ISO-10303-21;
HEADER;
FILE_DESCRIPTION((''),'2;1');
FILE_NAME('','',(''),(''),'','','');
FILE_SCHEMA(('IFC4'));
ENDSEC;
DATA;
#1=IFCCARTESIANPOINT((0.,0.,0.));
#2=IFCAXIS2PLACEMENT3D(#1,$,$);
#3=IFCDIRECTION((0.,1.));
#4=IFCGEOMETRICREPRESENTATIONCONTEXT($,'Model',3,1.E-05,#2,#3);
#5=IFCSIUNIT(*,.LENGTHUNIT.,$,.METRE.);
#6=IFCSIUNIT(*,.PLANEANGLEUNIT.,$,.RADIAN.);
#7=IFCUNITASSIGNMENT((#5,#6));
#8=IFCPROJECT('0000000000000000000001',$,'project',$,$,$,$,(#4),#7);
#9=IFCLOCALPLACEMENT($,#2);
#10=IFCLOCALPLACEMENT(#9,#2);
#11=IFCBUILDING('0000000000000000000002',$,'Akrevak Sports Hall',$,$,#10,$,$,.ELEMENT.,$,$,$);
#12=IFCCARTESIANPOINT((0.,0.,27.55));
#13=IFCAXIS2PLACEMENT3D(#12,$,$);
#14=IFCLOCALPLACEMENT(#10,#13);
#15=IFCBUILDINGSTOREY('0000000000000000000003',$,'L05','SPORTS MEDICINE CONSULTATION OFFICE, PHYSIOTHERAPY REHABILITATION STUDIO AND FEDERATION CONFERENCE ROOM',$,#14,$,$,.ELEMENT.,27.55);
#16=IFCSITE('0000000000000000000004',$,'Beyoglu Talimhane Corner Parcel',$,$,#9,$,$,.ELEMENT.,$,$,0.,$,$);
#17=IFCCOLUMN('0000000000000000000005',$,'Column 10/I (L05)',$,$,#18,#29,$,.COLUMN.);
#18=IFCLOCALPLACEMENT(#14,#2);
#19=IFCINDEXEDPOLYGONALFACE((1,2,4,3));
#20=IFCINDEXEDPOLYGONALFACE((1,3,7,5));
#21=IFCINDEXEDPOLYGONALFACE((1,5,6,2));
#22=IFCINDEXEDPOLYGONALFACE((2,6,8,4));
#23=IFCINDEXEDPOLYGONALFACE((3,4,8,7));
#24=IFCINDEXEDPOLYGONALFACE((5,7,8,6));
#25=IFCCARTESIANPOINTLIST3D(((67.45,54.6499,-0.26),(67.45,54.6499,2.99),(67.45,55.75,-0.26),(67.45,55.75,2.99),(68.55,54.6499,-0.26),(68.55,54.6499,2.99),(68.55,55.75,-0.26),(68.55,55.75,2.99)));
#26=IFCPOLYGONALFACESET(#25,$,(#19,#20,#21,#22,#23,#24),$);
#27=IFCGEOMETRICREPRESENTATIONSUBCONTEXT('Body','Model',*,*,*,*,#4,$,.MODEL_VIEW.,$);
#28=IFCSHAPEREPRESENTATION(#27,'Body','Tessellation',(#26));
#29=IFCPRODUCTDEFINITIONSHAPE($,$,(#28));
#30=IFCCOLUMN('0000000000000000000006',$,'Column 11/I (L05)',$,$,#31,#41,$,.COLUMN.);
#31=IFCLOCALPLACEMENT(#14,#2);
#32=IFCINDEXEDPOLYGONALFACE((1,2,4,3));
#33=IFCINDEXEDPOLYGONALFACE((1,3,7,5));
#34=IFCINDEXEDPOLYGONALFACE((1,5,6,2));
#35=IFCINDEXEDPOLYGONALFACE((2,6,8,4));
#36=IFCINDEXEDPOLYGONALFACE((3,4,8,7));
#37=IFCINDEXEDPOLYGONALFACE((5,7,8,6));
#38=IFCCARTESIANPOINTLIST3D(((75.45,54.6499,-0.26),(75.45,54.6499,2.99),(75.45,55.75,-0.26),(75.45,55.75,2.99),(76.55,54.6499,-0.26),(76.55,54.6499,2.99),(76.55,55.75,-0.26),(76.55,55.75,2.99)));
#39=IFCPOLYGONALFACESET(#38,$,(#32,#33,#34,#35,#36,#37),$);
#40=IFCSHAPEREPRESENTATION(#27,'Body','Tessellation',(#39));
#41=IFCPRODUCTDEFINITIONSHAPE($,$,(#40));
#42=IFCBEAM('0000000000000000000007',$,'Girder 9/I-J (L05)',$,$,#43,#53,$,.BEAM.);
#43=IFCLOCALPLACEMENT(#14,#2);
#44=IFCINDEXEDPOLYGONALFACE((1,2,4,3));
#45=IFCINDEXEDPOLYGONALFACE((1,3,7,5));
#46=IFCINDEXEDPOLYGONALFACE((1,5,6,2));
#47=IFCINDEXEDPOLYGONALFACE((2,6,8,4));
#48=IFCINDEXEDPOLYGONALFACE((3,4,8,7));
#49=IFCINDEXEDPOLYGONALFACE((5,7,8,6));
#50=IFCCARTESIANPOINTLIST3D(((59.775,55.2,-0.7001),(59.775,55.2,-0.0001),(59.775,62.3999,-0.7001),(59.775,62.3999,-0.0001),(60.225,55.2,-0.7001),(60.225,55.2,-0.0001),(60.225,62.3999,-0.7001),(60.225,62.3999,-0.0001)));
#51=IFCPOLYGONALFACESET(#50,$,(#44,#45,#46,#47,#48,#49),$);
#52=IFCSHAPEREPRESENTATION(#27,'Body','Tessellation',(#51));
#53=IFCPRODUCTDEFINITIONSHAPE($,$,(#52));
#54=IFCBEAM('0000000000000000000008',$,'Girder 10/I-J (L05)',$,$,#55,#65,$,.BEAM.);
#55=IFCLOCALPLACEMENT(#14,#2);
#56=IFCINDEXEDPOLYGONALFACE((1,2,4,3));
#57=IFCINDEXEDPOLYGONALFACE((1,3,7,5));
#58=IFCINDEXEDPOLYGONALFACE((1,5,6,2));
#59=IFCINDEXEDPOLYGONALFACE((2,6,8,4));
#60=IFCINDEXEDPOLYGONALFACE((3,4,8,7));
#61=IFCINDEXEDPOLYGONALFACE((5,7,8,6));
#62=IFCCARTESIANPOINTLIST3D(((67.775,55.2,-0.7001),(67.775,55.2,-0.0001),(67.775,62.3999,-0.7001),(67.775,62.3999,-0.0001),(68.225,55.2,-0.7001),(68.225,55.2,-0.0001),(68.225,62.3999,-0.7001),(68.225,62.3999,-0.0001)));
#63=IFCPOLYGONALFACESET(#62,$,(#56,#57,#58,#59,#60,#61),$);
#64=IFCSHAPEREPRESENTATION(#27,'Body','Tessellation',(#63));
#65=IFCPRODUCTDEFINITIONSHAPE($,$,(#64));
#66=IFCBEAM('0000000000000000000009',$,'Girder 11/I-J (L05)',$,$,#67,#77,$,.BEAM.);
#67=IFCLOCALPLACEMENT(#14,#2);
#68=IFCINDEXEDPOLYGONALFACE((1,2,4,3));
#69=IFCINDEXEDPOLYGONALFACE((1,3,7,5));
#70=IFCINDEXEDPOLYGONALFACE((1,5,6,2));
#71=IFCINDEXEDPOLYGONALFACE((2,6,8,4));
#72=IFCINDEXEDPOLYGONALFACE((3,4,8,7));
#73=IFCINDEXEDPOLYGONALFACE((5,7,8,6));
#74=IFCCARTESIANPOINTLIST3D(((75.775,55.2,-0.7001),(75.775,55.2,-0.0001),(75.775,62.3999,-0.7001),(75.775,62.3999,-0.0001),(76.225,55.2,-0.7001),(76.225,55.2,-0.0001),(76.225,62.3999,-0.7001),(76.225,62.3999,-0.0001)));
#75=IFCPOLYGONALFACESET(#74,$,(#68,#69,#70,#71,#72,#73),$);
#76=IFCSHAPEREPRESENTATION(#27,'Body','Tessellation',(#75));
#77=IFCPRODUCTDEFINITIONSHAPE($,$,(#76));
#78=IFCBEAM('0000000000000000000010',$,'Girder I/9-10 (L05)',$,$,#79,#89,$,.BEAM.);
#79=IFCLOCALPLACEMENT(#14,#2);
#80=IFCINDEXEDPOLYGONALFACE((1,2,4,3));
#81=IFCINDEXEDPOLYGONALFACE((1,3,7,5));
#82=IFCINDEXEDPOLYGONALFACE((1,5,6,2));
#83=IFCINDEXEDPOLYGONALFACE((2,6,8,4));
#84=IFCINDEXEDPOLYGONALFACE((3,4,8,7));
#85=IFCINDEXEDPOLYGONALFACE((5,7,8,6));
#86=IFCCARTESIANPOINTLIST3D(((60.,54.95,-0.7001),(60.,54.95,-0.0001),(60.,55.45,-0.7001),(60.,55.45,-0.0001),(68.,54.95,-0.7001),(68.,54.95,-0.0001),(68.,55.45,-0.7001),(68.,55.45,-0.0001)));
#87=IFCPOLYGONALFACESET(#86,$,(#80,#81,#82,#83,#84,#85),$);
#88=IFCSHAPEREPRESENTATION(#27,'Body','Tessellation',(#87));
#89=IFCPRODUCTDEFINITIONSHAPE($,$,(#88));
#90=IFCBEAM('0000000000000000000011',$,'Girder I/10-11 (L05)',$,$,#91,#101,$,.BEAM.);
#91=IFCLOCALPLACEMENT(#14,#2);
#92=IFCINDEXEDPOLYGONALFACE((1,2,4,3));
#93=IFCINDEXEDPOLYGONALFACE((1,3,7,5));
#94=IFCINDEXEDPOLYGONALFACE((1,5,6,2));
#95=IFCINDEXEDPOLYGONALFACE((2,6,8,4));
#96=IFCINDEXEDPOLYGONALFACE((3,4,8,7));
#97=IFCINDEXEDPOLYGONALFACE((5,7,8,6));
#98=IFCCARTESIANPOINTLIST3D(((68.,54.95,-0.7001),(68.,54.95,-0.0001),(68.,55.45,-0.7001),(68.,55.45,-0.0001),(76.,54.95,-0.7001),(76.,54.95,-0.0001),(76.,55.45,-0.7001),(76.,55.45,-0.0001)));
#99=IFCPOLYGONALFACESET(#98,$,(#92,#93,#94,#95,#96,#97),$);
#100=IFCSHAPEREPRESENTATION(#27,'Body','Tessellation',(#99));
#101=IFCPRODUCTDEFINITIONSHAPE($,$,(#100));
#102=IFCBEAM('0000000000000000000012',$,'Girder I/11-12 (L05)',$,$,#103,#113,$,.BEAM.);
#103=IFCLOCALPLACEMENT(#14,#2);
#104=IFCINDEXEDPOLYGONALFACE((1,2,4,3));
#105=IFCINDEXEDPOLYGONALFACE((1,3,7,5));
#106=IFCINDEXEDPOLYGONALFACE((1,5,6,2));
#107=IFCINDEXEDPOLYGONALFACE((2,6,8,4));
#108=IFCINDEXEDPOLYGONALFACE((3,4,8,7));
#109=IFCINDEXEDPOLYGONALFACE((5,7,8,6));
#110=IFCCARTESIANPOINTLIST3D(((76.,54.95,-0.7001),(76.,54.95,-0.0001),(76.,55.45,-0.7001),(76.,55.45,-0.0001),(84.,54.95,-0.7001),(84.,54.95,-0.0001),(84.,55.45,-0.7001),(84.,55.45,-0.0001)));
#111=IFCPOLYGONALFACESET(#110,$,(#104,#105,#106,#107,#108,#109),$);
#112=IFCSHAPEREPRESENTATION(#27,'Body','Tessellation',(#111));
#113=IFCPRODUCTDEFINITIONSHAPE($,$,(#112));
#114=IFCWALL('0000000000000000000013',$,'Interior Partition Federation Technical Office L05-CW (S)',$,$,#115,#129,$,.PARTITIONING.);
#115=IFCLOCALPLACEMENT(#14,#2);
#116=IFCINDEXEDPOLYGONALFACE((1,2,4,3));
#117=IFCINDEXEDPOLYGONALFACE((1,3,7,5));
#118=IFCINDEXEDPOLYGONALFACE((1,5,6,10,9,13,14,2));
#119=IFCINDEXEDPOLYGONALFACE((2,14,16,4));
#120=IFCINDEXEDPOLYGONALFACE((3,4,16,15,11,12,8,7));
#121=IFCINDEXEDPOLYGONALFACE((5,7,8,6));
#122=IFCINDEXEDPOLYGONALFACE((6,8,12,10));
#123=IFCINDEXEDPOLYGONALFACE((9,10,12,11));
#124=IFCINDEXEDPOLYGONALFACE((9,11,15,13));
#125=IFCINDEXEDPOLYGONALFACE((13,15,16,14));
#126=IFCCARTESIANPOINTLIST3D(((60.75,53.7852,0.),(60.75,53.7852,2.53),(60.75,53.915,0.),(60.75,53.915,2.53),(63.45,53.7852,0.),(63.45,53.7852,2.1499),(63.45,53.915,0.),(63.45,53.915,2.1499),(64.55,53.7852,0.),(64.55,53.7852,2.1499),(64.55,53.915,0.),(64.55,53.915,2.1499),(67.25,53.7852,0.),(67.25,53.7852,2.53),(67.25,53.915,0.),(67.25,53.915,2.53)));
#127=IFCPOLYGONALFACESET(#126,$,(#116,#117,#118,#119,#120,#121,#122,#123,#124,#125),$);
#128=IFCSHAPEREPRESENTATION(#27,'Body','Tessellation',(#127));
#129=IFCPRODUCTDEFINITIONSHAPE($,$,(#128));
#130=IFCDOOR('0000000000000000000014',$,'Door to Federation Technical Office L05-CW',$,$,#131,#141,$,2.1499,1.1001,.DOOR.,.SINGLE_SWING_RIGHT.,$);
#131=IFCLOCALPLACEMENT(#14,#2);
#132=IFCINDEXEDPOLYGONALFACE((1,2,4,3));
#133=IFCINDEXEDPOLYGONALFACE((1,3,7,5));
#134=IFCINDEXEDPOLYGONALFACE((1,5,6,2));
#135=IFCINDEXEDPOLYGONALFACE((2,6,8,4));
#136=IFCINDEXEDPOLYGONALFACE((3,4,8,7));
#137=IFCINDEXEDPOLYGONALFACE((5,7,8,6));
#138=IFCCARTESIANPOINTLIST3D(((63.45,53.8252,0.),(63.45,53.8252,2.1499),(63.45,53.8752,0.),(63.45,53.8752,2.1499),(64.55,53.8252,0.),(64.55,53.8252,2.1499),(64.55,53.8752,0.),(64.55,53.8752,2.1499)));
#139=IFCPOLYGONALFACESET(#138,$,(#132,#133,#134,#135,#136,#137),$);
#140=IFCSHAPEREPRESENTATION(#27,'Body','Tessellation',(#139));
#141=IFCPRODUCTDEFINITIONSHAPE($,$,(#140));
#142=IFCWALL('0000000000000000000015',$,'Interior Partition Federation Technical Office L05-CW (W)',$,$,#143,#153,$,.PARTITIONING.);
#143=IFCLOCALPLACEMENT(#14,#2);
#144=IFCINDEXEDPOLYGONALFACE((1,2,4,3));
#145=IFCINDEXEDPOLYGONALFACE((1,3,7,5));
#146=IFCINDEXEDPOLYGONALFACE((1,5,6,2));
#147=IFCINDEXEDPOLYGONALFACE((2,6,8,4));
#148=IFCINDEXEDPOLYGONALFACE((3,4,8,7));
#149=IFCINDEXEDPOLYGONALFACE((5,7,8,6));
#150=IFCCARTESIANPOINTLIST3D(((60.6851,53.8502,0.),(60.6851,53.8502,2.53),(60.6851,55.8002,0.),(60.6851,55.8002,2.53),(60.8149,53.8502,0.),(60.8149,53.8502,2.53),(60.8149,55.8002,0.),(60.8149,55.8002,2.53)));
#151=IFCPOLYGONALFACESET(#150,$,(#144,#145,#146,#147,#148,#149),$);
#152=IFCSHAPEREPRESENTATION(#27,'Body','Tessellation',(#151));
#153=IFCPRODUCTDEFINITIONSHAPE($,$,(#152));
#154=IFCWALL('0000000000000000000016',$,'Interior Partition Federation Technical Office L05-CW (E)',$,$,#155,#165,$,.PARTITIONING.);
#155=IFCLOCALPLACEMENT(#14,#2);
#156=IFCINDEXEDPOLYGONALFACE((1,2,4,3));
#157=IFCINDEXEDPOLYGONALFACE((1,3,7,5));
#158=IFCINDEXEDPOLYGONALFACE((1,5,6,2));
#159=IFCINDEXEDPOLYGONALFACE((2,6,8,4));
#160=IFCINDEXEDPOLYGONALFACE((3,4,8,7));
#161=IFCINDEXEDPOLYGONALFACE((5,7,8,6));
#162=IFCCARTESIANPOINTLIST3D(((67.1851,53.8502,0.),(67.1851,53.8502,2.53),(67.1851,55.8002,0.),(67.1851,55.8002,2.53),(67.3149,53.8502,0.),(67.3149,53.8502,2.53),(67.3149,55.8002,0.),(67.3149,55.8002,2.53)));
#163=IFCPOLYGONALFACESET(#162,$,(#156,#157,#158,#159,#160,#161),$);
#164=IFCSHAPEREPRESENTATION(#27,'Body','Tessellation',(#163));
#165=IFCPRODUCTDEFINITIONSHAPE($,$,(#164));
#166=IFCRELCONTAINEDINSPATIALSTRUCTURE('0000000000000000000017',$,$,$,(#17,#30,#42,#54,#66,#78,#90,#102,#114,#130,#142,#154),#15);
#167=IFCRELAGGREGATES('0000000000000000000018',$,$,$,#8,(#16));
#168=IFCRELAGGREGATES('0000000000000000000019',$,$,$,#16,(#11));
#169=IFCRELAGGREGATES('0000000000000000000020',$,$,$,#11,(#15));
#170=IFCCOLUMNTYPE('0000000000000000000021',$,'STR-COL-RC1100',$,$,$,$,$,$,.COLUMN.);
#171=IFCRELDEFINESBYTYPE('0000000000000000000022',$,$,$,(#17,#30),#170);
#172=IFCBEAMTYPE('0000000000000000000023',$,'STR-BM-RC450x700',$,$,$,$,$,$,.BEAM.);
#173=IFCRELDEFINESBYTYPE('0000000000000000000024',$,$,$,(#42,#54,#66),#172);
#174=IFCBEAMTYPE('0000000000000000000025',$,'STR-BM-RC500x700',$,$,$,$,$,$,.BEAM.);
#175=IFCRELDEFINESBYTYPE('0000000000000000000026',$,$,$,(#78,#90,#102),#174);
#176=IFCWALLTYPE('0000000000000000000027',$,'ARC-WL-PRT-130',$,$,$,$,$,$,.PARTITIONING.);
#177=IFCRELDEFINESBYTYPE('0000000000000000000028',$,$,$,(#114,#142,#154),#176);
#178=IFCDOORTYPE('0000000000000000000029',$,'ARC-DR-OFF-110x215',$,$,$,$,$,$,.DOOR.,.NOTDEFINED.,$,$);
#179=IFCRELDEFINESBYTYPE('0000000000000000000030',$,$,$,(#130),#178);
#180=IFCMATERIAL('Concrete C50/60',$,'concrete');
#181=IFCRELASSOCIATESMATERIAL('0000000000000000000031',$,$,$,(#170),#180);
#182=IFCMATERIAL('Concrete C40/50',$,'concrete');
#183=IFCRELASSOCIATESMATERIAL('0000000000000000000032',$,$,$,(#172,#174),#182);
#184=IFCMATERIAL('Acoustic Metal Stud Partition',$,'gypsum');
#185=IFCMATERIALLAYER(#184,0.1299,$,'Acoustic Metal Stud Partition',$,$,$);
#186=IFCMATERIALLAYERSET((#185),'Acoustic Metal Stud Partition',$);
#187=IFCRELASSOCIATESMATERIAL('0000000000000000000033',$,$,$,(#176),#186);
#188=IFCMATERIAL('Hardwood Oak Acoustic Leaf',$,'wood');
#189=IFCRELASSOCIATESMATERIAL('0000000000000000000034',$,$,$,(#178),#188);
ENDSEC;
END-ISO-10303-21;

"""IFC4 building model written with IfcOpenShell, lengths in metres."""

from ifc_helpers import new_model, si_unit, direction, frame, frame_2d, origin, origin_2d, place, context, subcontext, project, spatial, rectangle, extrude, material, layer, layer_set, material_profile, profile_set, type_object, element, fill, save


model = new_model("IFC4")

# Units and contexts
model_context = context("Model", 3, precision=1e-05, world=origin(), true_north=direction((0.0, 1.0)))
body_context = subcontext(model_context, "Body", "Model", "MODEL_VIEW")
ifc_project = project(units=[si_unit("LENGTHUNIT", "METRE"), si_unit("PLANEANGLEUNIT", "RADIAN")], contexts=[model_context])

# Site, building, storey
site_placement = place(None, origin())
site = spatial("IfcSite", under=ifc_project, at=site_placement, Name="Beyoglu Talimhane Corner Parcel", CompositionType="ELEMENT", RefElevation=0.0)
building_placement = place(site_placement, origin())
building = spatial("IfcBuilding", under=site, at=building_placement, Name="Akrevak Sports Hall", CompositionType="ELEMENT")
storey_placement = place(building_placement, frame((0.0, 0.0, 27.55)))
storey = spatial("IfcBuildingStorey", under=building, at=storey_placement, Name="L05", Description="SPORTS MEDICINE CONSULTATION OFFICE, PHYSIOTHERAPY REHABILITATION STUDIO AND FEDERATION CONFERENCE ROOM", CompositionType="ELEMENT", Elevation=27.55)

# Columns
ifc_material_1 = material(Name="Concrete C50/60", Category="concrete")
ifc_material_profile_1 = material_profile(ifc_material_1, rectangle(XDim=1.1001, YDim=1.1001, at=origin_2d()), Name="RC 1100x1100", Category="concrete")
ifc_profile_set_1 = profile_set([ifc_material_profile_1], Name="Concrete C50/60")
column_type = type_object("IfcColumnType", Name="STR-COL-RC1100", PredefinedType="COLUMN", material=ifc_profile_set_1)
for number, where, z_axis, x_axis, name in (
    (1, (68.0, 55.2, -0.26), (0.0, 0.0, 1.0), (1.0, 0.0, 0.0), "Column 10/I (L05)"),
    (2, (76.0, 55.2, -0.26), (0.0, 0.0, 1.0), (1.0, 0.0, 0.0), "Column 11/I (L05)"),
):
    element("IfcColumn", number, at=place(storey_placement, frame(where, z_axis=z_axis, x_axis=x_axis)), inside=storey, type_object=column_type, Name=name, PredefinedType="COLUMN", context=body_context, shape_type="SweptSolid", body=[
        extrude(rectangle(XDim=1.1001, YDim=1.1001, at=origin_2d()), origin(), (0.0, 0.0, 1.0), 3.25),
    ])

# Beams
ifc_material_2 = material(Name="Concrete C40/50", Category="concrete")
ifc_material_profile_2 = material_profile(ifc_material_2, rectangle(XDim=0.45, YDim=0.7, at=origin_2d()), Name="BM 450x700", Category="concrete")
ifc_profile_set_2 = profile_set([ifc_material_profile_2], Name="Concrete C40/50")
beam_type_1 = type_object("IfcBeamType", Name="STR-BM-RC450x700", PredefinedType="BEAM", material=ifc_profile_set_2)
for number, where, z_axis, x_axis, name in (
    (3, (60.0, 55.2, -0.3501), (0.0, 1.0, 0.0), (-1.0, 0.0, 0.0), "Girder 9/I-J (L05)"),
    (4, (68.0, 55.2, -0.3501), (0.0, 1.0, 0.0), (-1.0, 0.0, 0.0), "Girder 10/I-J (L05)"),
    (5, (76.0, 55.2, -0.3501), (0.0, 1.0, 0.0), (-1.0, 0.0, 0.0), "Girder 11/I-J (L05)"),
):
    element("IfcBeam", number, at=place(storey_placement, frame(where, z_axis=z_axis, x_axis=x_axis)), inside=storey, type_object=beam_type_1, Name=name, PredefinedType="BEAM", context=body_context, shape_type="SweptSolid", body=[
        extrude(rectangle(XDim=0.45, YDim=0.7, at=origin_2d()), origin(), (0.0, 0.0, 1.0), 7.2),
    ])
ifc_material_profile_3 = material_profile(ifc_material_2, rectangle(XDim=0.5, YDim=0.7, at=origin_2d()), Name="BM 500x700", Category="concrete")
ifc_profile_set_3 = profile_set([ifc_material_profile_3], Name="Concrete C40/50")
beam_type_2 = type_object("IfcBeamType", Name="STR-BM-RC500x700", PredefinedType="BEAM", material=ifc_profile_set_3)
for number, where, z_axis, x_axis, name in (
    (6, (60.0, 55.2, -0.3501), (1.0, 0.0, 0.0), (0.0, 1.0, 0.0), "Girder I/9-10 (L05)"),
    (7, (68.0, 55.2, -0.3501), (1.0, 0.0, 0.0), (0.0, 1.0, 0.0), "Girder I/10-11 (L05)"),
    (8, (76.0, 55.2, -0.3501), (1.0, 0.0, 0.0), (0.0, 1.0, 0.0), "Girder I/11-12 (L05)"),
):
    element("IfcBeam", number, at=place(storey_placement, frame(where, z_axis=z_axis, x_axis=x_axis)), inside=storey, type_object=beam_type_2, Name=name, PredefinedType="BEAM", context=body_context, shape_type="SweptSolid", body=[
        extrude(rectangle(XDim=0.5, YDim=0.7, at=origin_2d()), origin(), (0.0, 0.0, 1.0), 8.0),
    ])

# Wall, opening, door
ifc_material_3 = material(Name="Acoustic Metal Stud Partition", Category="gypsum")
ifc_layer_1 = layer(ifc_material_3, 0.1299, Name="Acoustic Metal Stud Partition")
ifc_layer_set_1 = layer_set([ifc_layer_1], Name="Acoustic Metal Stud Partition")
wall_type_1 = type_object("IfcWallType", Name="ARC-WL-PRT-130", PredefinedType="PARTITIONING", material=ifc_layer_set_1)
wall_1_placement = place(storey_placement, frame((60.75, 53.8501, 0.0), z_axis=(0.0, 0.0, 1.0), x_axis=(1.0, 0.0, 0.0)))
wall_1 = element("IfcWall", 9, at=wall_1_placement, inside=storey, type_object=wall_type_1, Name="Interior Partition Federation Technical Office L05-CW (S)", PredefinedType="PARTITIONING", context=body_context, shape_type="SweptSolid", body=[
    extrude(rectangle(XDim=6.5, YDim=0.1299, at=frame_2d((3.25, 0.0))), origin(), (0.0, 0.0, 1.0), 2.53),
])
opening_1_placement = place(wall_1_placement, frame((2.7, 0.0, 0.0)))
opening_1 = element("IfcOpeningElement", 10, at=opening_1_placement, cuts=wall_1, PredefinedType="OPENING", context=body_context, shape_type="SweptSolid", body=[
    extrude(rectangle(XDim=1.1001, YDim=2.1499, at=frame_2d((0.55, 1.075))), frame((0.0, 0.0769, 0.0), z_axis=(0.0, -1.0, 0.0), x_axis=(1.0, 0.0, 0.0)), (0.0, 0.0, 1.0), 0.1538),
])
ifc_material_4 = material(Name="Hardwood Oak Acoustic Leaf", Category="wood")
door_type_1 = type_object("IfcDoorType", Name="ARC-DR-OFF-110x215", OperationType="NOTDEFINED", PredefinedType="DOOR", material=ifc_material_4)
door_1_placement = place(opening_1_placement, frame((1.1001, 0.0, 0.0), z_axis=(0.0, 0.0, 1.0), x_axis=(-1.0, 0.0, 0.0)))
door_1 = element("IfcDoor", 11, at=door_1_placement, inside=storey, type_object=door_type_1, Name="Door to Federation Technical Office L05-CW", OperationType="SINGLE_SWING_RIGHT", OverallHeight=2.1499, OverallWidth=1.1001, PredefinedType="DOOR", context=body_context, shape_type="SweptSolid", body=[
    extrude(rectangle(XDim=1.1001, YDim=2.1499, at=frame_2d((0.55, 1.075))), frame((0.0, 0.0249, 0.0), z_axis=(0.0, -1.0, 0.0), x_axis=(1.0, 0.0, 0.0)), (0.0, 0.0, 1.0), 0.05),
])
fill(opening_1, door_1)

# Walls
for number, where, z_axis, x_axis, name in (
    (12, (60.75, 53.8501, 0.0), (0.0, 0.0, 1.0), (0.0, 1.0, 0.0), "Interior Partition Federation Technical Office L05-CW (W)"),
    (13, (67.25, 53.8501, 0.0), (0.0, 0.0, 1.0), (0.0, 1.0, 0.0), "Interior Partition Federation Technical Office L05-CW (E)"),
):
    element("IfcWall", number, at=place(storey_placement, frame(where, z_axis=z_axis, x_axis=x_axis)), inside=storey, type_object=wall_type_1, Name=name, PredefinedType="PARTITIONING", context=body_context, shape_type="SweptSolid", body=[
        extrude(rectangle(XDim=1.95, YDim=0.1299, at=frame_2d((0.9751, 0.0))), origin(), (0.0, 0.0, 1.0), 2.53),
    ])

save(model, "model.ifc")
